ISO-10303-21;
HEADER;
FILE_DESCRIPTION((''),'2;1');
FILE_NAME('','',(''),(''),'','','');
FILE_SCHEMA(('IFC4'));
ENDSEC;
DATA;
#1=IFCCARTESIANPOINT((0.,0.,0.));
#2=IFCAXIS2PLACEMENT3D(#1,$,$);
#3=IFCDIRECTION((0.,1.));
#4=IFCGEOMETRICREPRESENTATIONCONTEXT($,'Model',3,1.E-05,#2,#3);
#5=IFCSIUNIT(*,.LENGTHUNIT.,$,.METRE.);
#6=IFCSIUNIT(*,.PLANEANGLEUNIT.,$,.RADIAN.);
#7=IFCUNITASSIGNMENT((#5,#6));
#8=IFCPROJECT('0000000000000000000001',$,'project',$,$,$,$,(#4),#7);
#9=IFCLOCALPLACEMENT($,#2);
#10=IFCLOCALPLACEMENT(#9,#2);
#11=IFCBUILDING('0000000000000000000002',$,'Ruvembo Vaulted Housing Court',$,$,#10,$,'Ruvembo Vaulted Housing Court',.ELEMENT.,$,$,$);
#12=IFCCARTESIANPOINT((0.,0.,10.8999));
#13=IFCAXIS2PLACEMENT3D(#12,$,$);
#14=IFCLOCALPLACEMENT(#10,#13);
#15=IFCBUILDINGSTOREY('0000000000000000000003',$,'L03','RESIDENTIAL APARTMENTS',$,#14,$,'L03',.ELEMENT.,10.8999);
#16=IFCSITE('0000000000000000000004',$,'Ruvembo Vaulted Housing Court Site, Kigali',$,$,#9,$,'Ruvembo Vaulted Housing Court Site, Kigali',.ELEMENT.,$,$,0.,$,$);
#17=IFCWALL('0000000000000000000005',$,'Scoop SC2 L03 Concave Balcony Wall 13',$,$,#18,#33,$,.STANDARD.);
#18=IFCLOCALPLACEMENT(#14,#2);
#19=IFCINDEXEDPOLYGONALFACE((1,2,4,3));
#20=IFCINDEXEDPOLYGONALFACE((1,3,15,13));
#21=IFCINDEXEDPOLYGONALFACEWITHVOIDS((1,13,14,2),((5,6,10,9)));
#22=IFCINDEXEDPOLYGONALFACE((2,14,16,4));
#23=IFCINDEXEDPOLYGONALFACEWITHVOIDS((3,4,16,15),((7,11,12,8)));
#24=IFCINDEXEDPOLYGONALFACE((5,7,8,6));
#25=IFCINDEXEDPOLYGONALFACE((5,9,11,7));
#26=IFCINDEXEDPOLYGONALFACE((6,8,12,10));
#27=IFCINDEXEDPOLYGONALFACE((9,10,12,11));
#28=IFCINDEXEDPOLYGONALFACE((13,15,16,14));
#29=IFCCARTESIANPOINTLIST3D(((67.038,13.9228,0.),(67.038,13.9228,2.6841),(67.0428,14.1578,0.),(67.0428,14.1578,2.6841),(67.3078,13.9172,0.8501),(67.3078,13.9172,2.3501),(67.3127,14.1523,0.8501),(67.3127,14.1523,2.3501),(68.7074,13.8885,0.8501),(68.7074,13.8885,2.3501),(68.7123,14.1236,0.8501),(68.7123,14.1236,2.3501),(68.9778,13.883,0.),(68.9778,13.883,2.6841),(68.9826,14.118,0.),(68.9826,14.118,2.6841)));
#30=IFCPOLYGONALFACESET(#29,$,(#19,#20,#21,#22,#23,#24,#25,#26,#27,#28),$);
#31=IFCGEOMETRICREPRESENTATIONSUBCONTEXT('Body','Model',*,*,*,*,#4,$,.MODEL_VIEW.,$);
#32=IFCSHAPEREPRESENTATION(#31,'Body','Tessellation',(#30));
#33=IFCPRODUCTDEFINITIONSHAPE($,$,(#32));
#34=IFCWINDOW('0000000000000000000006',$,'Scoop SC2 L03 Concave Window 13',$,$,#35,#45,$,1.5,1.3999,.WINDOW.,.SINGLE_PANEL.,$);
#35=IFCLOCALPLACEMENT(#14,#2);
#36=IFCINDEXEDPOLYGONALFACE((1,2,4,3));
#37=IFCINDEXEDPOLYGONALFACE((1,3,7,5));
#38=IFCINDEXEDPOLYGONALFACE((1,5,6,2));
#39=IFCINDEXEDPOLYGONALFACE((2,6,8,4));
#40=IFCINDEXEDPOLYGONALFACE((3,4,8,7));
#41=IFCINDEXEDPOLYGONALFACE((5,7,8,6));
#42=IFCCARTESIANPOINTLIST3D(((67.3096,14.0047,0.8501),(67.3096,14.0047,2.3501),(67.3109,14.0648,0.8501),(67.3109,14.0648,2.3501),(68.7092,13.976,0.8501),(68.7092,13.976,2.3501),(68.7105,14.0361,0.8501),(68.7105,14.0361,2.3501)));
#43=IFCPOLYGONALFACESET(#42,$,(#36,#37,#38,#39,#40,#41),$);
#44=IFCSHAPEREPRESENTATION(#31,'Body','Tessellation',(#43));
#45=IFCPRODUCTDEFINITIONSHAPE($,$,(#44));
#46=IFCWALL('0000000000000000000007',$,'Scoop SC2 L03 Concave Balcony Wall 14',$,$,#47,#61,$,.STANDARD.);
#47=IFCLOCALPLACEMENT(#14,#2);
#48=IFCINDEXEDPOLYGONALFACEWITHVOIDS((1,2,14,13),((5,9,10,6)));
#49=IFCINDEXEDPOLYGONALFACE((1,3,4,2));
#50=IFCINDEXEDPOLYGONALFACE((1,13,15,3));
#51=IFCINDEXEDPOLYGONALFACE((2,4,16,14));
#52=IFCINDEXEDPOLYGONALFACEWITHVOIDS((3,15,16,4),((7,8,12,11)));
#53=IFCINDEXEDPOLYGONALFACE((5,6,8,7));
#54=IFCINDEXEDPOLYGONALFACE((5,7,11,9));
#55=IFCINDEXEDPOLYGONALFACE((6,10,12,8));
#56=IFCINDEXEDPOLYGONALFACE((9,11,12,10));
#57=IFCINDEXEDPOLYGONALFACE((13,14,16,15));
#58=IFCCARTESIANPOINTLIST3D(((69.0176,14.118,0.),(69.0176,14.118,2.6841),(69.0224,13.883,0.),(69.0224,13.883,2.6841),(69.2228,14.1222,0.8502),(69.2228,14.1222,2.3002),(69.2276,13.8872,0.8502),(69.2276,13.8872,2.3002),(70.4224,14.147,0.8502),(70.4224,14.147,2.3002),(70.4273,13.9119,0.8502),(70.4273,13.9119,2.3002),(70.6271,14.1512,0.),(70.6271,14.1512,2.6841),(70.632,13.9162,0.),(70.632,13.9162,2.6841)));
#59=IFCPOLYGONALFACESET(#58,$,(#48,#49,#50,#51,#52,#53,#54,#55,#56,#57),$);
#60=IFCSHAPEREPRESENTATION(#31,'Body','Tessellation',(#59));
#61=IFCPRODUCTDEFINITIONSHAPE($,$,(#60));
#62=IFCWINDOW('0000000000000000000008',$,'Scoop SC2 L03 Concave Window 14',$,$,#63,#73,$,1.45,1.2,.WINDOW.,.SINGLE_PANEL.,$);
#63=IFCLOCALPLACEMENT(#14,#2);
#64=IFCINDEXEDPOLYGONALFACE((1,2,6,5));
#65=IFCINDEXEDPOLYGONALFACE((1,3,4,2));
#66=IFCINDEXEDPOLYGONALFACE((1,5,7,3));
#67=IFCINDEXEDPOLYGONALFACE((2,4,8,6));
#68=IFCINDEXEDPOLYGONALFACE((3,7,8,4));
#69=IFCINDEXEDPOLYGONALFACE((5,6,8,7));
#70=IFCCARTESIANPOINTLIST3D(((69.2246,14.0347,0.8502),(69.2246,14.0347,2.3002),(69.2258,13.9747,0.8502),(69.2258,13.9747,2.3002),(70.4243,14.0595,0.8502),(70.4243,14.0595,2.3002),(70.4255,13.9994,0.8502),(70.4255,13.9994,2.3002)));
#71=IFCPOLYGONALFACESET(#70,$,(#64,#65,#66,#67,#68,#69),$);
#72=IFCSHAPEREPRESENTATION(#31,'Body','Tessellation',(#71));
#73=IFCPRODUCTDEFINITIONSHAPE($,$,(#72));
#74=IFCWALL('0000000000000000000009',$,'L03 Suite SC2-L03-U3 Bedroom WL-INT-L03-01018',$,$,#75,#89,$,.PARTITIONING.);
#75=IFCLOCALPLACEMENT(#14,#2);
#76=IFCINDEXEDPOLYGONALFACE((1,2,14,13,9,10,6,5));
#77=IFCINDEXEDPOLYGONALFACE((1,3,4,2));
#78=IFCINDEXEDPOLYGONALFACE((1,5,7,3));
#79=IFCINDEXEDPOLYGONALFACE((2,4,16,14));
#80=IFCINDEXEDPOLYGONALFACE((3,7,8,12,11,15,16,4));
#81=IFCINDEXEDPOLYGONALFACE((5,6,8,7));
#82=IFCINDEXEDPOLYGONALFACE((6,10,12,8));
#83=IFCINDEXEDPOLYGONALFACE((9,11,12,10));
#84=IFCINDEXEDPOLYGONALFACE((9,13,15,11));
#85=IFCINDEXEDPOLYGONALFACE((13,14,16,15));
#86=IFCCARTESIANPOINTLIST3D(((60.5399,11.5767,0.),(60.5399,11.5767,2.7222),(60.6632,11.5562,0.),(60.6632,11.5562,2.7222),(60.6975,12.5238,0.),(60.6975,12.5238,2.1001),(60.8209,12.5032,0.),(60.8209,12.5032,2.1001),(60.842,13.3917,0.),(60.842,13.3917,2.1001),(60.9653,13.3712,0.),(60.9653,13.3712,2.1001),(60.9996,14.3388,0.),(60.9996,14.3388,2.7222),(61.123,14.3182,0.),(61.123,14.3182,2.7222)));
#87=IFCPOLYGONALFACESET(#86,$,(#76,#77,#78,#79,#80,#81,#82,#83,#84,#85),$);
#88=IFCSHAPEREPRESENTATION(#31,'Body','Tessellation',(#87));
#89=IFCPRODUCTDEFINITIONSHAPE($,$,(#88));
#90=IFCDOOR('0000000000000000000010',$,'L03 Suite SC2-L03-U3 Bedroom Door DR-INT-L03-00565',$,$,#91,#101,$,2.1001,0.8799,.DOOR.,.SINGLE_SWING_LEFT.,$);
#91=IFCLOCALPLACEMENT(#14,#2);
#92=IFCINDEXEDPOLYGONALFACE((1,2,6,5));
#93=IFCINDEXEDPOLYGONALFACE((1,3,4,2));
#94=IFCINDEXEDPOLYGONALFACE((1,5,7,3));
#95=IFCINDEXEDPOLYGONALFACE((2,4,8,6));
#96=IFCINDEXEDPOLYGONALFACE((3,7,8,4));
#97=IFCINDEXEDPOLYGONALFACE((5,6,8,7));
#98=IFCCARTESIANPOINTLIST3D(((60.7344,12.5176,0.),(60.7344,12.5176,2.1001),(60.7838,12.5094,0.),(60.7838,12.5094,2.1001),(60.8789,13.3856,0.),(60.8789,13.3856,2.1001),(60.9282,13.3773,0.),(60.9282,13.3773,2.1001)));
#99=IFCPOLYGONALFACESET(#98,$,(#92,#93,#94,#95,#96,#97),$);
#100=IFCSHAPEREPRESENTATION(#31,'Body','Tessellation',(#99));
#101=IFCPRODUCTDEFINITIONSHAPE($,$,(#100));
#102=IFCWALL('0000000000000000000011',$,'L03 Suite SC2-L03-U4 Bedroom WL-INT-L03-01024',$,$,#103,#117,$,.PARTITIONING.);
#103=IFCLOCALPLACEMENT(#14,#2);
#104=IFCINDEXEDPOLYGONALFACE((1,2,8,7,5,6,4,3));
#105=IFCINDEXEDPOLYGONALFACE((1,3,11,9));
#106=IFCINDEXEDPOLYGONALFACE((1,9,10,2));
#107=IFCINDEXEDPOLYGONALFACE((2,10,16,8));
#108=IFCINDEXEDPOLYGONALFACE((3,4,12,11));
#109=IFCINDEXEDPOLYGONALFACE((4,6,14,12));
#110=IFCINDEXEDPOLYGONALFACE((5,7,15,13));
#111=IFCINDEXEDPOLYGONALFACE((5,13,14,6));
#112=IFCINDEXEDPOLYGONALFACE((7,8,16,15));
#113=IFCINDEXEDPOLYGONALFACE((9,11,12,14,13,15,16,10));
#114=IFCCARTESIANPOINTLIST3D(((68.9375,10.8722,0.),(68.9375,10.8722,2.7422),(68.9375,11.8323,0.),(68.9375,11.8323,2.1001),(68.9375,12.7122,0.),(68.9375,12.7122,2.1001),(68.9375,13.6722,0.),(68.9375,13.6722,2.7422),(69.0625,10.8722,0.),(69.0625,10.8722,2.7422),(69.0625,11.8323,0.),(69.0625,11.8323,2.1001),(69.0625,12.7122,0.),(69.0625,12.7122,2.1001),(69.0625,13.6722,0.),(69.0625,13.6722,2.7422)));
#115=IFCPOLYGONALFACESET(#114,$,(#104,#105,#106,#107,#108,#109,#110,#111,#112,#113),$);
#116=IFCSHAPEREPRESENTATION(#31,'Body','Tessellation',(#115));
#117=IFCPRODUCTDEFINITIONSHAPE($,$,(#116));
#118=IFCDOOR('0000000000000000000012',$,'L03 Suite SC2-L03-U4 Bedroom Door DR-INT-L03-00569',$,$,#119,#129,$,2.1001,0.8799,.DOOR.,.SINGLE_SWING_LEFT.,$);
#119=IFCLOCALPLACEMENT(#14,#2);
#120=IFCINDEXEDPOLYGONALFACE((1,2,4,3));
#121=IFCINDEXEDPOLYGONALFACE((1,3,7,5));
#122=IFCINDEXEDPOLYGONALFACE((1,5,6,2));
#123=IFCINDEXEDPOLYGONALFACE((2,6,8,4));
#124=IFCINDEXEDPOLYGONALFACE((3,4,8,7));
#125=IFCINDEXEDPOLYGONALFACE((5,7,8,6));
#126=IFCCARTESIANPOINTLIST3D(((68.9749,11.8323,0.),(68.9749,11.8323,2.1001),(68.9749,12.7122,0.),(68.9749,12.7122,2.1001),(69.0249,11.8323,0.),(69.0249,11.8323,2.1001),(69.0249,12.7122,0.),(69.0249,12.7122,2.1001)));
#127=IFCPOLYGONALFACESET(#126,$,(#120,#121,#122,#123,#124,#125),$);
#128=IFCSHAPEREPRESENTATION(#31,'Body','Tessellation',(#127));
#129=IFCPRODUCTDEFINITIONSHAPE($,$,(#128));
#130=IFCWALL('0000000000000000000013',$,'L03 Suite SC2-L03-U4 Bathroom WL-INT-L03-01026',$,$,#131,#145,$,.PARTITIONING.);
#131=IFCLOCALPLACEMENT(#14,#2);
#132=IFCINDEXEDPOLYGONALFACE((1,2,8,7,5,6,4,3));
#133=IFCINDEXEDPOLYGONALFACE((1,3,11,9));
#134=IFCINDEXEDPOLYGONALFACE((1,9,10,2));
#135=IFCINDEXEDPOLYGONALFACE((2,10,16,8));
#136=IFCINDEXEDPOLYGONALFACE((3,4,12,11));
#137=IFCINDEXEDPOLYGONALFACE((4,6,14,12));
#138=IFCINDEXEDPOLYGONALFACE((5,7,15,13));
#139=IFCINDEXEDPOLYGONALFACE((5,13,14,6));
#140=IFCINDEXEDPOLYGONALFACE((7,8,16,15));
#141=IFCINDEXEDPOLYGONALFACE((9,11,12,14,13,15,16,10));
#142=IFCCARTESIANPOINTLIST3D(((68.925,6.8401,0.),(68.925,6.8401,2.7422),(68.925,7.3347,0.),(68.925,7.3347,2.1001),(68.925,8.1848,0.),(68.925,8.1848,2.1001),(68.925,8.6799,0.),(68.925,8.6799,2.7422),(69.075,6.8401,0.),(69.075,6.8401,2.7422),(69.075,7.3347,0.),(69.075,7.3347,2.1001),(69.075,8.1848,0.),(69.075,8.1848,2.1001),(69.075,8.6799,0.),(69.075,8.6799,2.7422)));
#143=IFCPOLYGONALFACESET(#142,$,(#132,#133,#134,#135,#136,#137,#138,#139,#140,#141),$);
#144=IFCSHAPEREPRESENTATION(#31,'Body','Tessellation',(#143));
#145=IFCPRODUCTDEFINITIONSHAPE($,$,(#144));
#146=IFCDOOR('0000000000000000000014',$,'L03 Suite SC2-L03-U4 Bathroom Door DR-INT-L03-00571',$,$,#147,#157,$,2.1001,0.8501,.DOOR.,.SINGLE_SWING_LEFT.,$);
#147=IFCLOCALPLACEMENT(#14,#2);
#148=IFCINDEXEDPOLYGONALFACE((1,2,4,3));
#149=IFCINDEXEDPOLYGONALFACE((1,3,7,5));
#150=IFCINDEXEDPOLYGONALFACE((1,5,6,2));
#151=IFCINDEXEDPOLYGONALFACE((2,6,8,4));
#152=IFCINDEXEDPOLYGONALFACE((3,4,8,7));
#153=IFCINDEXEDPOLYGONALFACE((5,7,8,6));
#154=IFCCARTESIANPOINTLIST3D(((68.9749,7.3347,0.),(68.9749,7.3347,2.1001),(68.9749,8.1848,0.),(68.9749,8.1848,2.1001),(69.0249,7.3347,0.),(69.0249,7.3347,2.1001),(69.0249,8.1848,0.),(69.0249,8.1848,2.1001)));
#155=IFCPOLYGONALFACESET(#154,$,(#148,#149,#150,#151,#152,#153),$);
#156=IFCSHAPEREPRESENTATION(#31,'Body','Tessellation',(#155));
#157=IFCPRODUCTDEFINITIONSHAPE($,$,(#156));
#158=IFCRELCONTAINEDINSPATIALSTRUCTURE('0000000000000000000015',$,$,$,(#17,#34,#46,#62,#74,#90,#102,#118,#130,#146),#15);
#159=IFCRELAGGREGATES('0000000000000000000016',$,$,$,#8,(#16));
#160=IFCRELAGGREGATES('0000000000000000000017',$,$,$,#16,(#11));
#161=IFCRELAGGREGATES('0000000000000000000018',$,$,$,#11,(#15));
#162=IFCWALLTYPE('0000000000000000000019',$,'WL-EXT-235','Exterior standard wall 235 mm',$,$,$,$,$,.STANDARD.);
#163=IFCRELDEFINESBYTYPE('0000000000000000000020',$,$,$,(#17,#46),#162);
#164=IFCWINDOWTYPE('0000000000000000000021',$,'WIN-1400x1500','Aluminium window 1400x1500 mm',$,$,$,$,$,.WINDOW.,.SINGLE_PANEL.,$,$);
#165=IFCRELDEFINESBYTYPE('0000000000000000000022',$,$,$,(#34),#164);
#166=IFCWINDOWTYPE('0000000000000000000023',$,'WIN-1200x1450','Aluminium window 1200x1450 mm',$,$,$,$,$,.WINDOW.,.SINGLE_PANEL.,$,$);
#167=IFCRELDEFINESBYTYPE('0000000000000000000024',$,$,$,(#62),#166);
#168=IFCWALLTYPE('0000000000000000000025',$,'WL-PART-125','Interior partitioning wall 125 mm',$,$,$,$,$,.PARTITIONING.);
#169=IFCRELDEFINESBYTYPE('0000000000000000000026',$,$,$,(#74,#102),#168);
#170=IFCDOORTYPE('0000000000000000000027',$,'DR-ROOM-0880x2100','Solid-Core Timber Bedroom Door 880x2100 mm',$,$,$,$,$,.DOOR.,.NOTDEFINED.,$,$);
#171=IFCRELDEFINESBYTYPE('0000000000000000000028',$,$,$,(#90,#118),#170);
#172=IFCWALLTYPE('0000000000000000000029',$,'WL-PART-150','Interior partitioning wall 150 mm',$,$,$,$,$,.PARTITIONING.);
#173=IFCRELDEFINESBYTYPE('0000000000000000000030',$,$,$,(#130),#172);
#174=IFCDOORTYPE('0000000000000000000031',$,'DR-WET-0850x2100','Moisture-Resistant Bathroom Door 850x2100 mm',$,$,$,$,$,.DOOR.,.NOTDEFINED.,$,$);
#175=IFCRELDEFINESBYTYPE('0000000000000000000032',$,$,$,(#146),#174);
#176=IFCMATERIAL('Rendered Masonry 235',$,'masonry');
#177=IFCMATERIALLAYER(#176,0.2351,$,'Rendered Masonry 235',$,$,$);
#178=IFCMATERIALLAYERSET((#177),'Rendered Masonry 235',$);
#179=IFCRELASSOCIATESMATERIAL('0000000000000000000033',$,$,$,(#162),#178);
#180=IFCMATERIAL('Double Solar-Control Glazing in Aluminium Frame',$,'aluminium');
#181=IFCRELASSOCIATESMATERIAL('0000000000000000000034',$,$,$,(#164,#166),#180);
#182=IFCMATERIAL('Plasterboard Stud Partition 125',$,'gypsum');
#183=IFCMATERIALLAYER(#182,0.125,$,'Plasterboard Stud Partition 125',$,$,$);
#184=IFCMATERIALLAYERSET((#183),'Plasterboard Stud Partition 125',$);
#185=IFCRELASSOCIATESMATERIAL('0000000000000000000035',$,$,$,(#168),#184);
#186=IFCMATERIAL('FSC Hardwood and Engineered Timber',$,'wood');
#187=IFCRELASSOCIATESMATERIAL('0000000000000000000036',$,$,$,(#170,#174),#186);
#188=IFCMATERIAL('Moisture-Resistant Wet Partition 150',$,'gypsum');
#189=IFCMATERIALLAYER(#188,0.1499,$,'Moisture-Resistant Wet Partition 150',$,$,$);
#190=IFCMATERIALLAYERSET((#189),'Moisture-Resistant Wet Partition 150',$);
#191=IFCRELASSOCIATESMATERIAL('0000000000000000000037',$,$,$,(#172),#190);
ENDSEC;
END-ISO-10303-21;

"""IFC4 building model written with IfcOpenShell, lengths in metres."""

from ifc_helpers import new_model, si_unit, direction, frame, frame_2d, origin, place, context, subcontext, project, spatial, rectangle, extrude, material, layer, layer_set, type_object, element, fill, save


model = new_model("IFC4")

# Units and contexts
model_context = context("Model", 3, precision=1e-05, world=origin(), true_north=direction((0.0, 1.0)))
body_context = subcontext(model_context, "Body", "Model", "MODEL_VIEW")
ifc_project = project(units=[si_unit("LENGTHUNIT", "METRE"), si_unit("PLANEANGLEUNIT", "RADIAN")], contexts=[model_context])

# Site, building, storey
site_placement = place(None, origin())
site = spatial("IfcSite", under=ifc_project, at=site_placement, Name="Ruvembo Vaulted Housing Court Site, Kigali", LongName="Ruvembo Vaulted Housing Court Site, Kigali", CompositionType="ELEMENT", RefElevation=0.0)
building_placement = place(site_placement, origin())
building = spatial("IfcBuilding", under=site, at=building_placement, Name="Ruvembo Vaulted Housing Court", LongName="Ruvembo Vaulted Housing Court", CompositionType="ELEMENT")
storey_placement = place(building_placement, frame((0.0, 0.0, 10.8999)))
storey = spatial("IfcBuildingStorey", under=building, at=storey_placement, Name="L03", Description="RESIDENTIAL APARTMENTS", LongName="L03", CompositionType="ELEMENT", Elevation=10.8999)

# Shared definitions
ifc_material_1 = material(Name="Rendered Masonry 235", Category="masonry")
ifc_layer_1 = layer(ifc_material_1, 0.2351, Name="Rendered Masonry 235")
ifc_layer_set_1 = layer_set([ifc_layer_1], Name="Rendered Masonry 235")
wall_type_1 = type_object("IfcWallType", Name="WL-EXT-235", Description="Exterior standard wall 235 mm", PredefinedType="STANDARD", material=ifc_layer_set_1)
ifc_material_2 = material(Name="Double Solar-Control Glazing in Aluminium Frame", Category="aluminium")

# Walls, openings, windows
wall_1_placement = place(storey_placement, frame((67.0403, 14.0403, 0.0), z_axis=(0.0, 0.0, 1.0), x_axis=(0.99979, -0.020512, 0.0)))
wall_1 = element("IfcWall", 1, at=wall_1_placement, inside=storey, type_object=wall_type_1, Name="Scoop SC2 L03 Concave Balcony Wall 13", PredefinedType="STANDARD", context=body_context, shape_type="SweptSolid", body=[
    extrude(rectangle(XDim=1.9402, YDim=0.2351, at=frame_2d((0.9702, 0.0))), origin(), (0.0, 0.0, 1.0), 2.6841),
])
opening_1_placement = place(wall_1_placement, frame((0.27, 0.0, 0.8501)))
opening_1 = element("IfcOpeningElement", 2, at=opening_1_placement, cuts=wall_1, PredefinedType="OPENING", context=body_context, shape_type="SweptSolid", body=[
    extrude(rectangle(XDim=1.3999, YDim=1.5, at=frame_2d((0.7, 0.75))), frame((0.0, 0.1274, 0.0), z_axis=(0.0, -1.0, 0.0), x_axis=(1.0, 0.0, 0.0)), (0.0, 0.0, 1.0), 0.2551),
])
window_type_1 = type_object("IfcWindowType", Name="WIN-1400x1500", Description="Aluminium window 1400x1500 mm", PartitioningType="SINGLE_PANEL", PredefinedType="WINDOW", material=ifc_material_2)
window_1_placement = place(opening_1_placement, origin())
window_1 = element("IfcWindow", 3, at=window_1_placement, inside=storey, type_object=window_type_1, Name="Scoop SC2 L03 Concave Window 13", OverallHeight=1.5, OverallWidth=1.3999, PartitioningType="SINGLE_PANEL", PredefinedType="WINDOW", context=body_context, shape_type="SweptSolid", body=[
    extrude(rectangle(XDim=1.3999, YDim=1.5, at=frame_2d((0.7, 0.75))), frame((0.0, 0.03, 0.0), z_axis=(0.0, -1.0, 0.0), x_axis=(1.0, 0.0, 0.0)), (0.0, 0.0, 1.0), 0.0601),
])
fill(opening_1, window_1)
wall_2_placement = place(storey_placement, frame((69.02, 14.0005, 0.0), z_axis=(0.0, 0.0, 1.0), x_axis=(0.999787, 0.020624, 0.0)))
wall_2 = element("IfcWall", 4, at=wall_2_placement, inside=storey, type_object=wall_type_1, Name="Scoop SC2 L03 Concave Balcony Wall 14", PredefinedType="STANDARD", context=body_context, shape_type="SweptSolid", body=[
    extrude(rectangle(XDim=1.6099, YDim=0.2351, at=frame_2d((0.8049, 0.0))), origin(), (0.0, 0.0, 1.0), 2.6841),
])
opening_2_placement = place(wall_2_placement, frame((0.2051, 0.0, 0.8501)))
opening_2 = element("IfcOpeningElement", 5, at=opening_2_placement, cuts=wall_2, PredefinedType="OPENING", context=body_context, shape_type="SweptSolid", body=[
    extrude(rectangle(XDim=1.2, YDim=1.45, at=frame_2d((0.6001, 0.7251))), frame((0.0, 0.1274, 0.0), z_axis=(0.0, -1.0, 0.0), x_axis=(1.0, 0.0, 0.0)), (0.0, 0.0, 1.0), 0.2551),
])
window_type_2 = type_object("IfcWindowType", Name="WIN-1200x1450", Description="Aluminium window 1200x1450 mm", PartitioningType="SINGLE_PANEL", PredefinedType="WINDOW", material=ifc_material_2)
window_2_placement = place(opening_2_placement, origin())
window_2 = element("IfcWindow", 6, at=window_2_placement, inside=storey, type_object=window_type_2, Name="Scoop SC2 L03 Concave Window 14", OverallHeight=1.45, OverallWidth=1.2, PartitioningType="SINGLE_PANEL", PredefinedType="WINDOW", context=body_context, shape_type="SweptSolid", body=[
    extrude(rectangle(XDim=1.2, YDim=1.45, at=frame_2d((0.6001, 0.7251))), frame((0.0, 0.03, 0.0), z_axis=(0.0, -1.0, 0.0), x_axis=(1.0, 0.0, 0.0)), (0.0, 0.0, 1.0), 0.0601),
])
fill(opening_2, window_2)

# Walls, openings, doors
ifc_material_3 = material(Name="Plasterboard Stud Partition 125", Category="gypsum")
ifc_layer_2 = layer(ifc_material_3, 0.125, Name="Plasterboard Stud Partition 125")
ifc_layer_set_2 = layer_set([ifc_layer_2], Name="Plasterboard Stud Partition 125")
wall_type_2 = type_object("IfcWallType", Name="WL-PART-125", Description="Interior partitioning wall 125 mm", PredefinedType="PARTITIONING", material=ifc_layer_set_2)
wall_3_placement = place(storey_placement, frame((61.0613, 14.3284, 0.0), z_axis=(0.0, 0.0, 1.0), x_axis=(-0.164187, -0.986429, 0.0)))
wall_3 = element("IfcWall", 7, at=wall_3_placement, inside=storey, type_object=wall_type_2, Name="L03 Suite SC2-L03-U3 Bedroom WL-INT-L03-01018", PredefinedType="PARTITIONING", context=body_context, shape_type="SweptSolid", body=[
    extrude(rectangle(XDim=2.8, YDim=0.125, at=frame_2d((1.3999, 0.0))), origin(), (0.0, 0.0, 1.0), 2.7222),
])
opening_3_placement = place(wall_3_placement, frame((0.96, 0.0, 0.0)))
opening_3 = element("IfcOpeningElement", 8, at=opening_3_placement, cuts=wall_3, PredefinedType="OPENING", context=body_context, shape_type="SweptSolid", body=[
    extrude(rectangle(XDim=0.8799, YDim=2.1001, at=frame_2d((0.4399, 1.05))), frame((0.0, 0.0725, 0.0), z_axis=(0.0, -1.0, 0.0), x_axis=(1.0, 0.0, 0.0)), (0.0, 0.0, 1.0), 0.145),
])
ifc_material_4 = material(Name="FSC Hardwood and Engineered Timber", Category="wood")
door_type_1 = type_object("IfcDoorType", Name="DR-ROOM-0880x2100", Description="Solid-Core Timber Bedroom Door 880x2100 mm", OperationType="NOTDEFINED", PredefinedType="DOOR", material=ifc_material_4)
door_1_placement = place(opening_3_placement, origin())
door_1 = element("IfcDoor", 9, at=door_1_placement, inside=storey, type_object=door_type_1, Name="L03 Suite SC2-L03-U3 Bedroom Door DR-INT-L03-00565", OperationType="SINGLE_SWING_LEFT", OverallHeight=2.1001, OverallWidth=0.8799, PredefinedType="DOOR", context=body_context, shape_type="SweptSolid", body=[
    extrude(rectangle(XDim=0.8799, YDim=2.1001, at=frame_2d((0.4399, 1.05))), frame((0.0, 0.0249, 0.0), z_axis=(0.0, -1.0, 0.0), x_axis=(1.0, 0.0, 0.0)), (0.0, 0.0, 1.0), 0.05),
])
fill(opening_3, door_1)
wall_4_placement = place(storey_placement, frame((69.0, 13.6721, 0.0), z_axis=(0.0, 0.0, 1.0), x_axis=(0.0, -1.0, 0.0)))
wall_4 = element("IfcWall", 10, at=wall_4_placement, inside=storey, type_object=wall_type_2, Name="L03 Suite SC2-L03-U4 Bedroom WL-INT-L03-01024", PredefinedType="PARTITIONING", context=body_context, shape_type="SweptSolid", body=[
    extrude(rectangle(XDim=2.8, YDim=0.125, at=frame_2d((1.3999, 0.0))), origin(), (0.0, 0.0, 1.0), 2.7422),
])
opening_4_placement = place(wall_4_placement, frame((0.96, 0.0, 0.0)))
opening_4 = element("IfcOpeningElement", 11, at=opening_4_placement, cuts=wall_4, PredefinedType="OPENING", context=body_context, shape_type="SweptSolid", body=[
    extrude(rectangle(XDim=0.8799, YDim=2.1001, at=frame_2d((0.4399, 1.05))), frame((0.0, 0.0725, 0.0), z_axis=(0.0, -1.0, 0.0), x_axis=(1.0, 0.0, 0.0)), (0.0, 0.0, 1.0), 0.145),
])
door_2_placement = place(opening_4_placement, origin())
door_2 = element("IfcDoor", 12, at=door_2_placement, inside=storey, type_object=door_type_1, Name="L03 Suite SC2-L03-U4 Bedroom Door DR-INT-L03-00569", OperationType="SINGLE_SWING_LEFT", OverallHeight=2.1001, OverallWidth=0.8799, PredefinedType="DOOR", context=body_context, shape_type="SweptSolid", body=[
    extrude(rectangle(XDim=0.8799, YDim=2.1001, at=frame_2d((0.4399, 1.05))), frame((0.0, 0.0249, 0.0), z_axis=(0.0, -1.0, 0.0), x_axis=(1.0, 0.0, 0.0)), (0.0, 0.0, 1.0), 0.05),
])
fill(opening_4, door_2)
ifc_material_5 = material(Name="Moisture-Resistant Wet Partition 150", Category="gypsum")
ifc_layer_3 = layer(ifc_material_5, 0.1499, Name="Moisture-Resistant Wet Partition 150")
ifc_layer_set_3 = layer_set([ifc_layer_3], Name="Moisture-Resistant Wet Partition 150")
wall_type_3 = type_object("IfcWallType", Name="WL-PART-150", Description="Interior partitioning wall 150 mm", PredefinedType="PARTITIONING", material=ifc_layer_set_3)
wall_5_placement = place(storey_placement, frame((69.0, 8.6799, 0.0), z_axis=(0.0, 0.0, 1.0), x_axis=(0.0, -1.0, 0.0)))
wall_5 = element("IfcWall", 13, at=wall_5_placement, inside=storey, type_object=wall_type_3, Name="L03 Suite SC2-L03-U4 Bathroom WL-INT-L03-01026", PredefinedType="PARTITIONING", context=body_context, shape_type="SweptSolid", body=[
    extrude(rectangle(XDim=1.8398, YDim=0.1499, at=frame_2d((0.9199, 0.0))), origin(), (0.0, 0.0, 1.0), 2.7422),
])
opening_5_placement = place(wall_5_placement, frame((0.4951, 0.0, 0.0)))
opening_5 = element("IfcOpeningElement", 14, at=opening_5_placement, cuts=wall_5, PredefinedType="OPENING", context=body_context, shape_type="SweptSolid", body=[
    extrude(rectangle(XDim=0.8501, YDim=2.1001, at=frame_2d((0.425, 1.05))), frame((0.0, 0.085, 0.0), z_axis=(0.0, -1.0, 0.0), x_axis=(1.0, 0.0, 0.0)), (0.0, 0.0, 1.0), 0.1699),
])
door_type_2 = type_object("IfcDoorType", Name="DR-WET-0850x2100", Description="Moisture-Resistant Bathroom Door 850x2100 mm", OperationType="NOTDEFINED", PredefinedType="DOOR", material=ifc_material_4)
door_3_placement = place(opening_5_placement, origin())
door_3 = element("IfcDoor", 15, at=door_3_placement, inside=storey, type_object=door_type_2, Name="L03 Suite SC2-L03-U4 Bathroom Door DR-INT-L03-00571", OperationType="SINGLE_SWING_LEFT", OverallHeight=2.1001, OverallWidth=0.8501, PredefinedType="DOOR", context=body_context, shape_type="SweptSolid", body=[
    extrude(rectangle(XDim=0.8501, YDim=2.1001, at=frame_2d((0.425, 1.05))), frame((0.0, 0.0249, 0.0), z_axis=(0.0, -1.0, 0.0), x_axis=(1.0, 0.0, 0.0)), (0.0, 0.0, 1.0), 0.05),
])
fill(opening_5, door_3)

save(model, "model.ifc")
